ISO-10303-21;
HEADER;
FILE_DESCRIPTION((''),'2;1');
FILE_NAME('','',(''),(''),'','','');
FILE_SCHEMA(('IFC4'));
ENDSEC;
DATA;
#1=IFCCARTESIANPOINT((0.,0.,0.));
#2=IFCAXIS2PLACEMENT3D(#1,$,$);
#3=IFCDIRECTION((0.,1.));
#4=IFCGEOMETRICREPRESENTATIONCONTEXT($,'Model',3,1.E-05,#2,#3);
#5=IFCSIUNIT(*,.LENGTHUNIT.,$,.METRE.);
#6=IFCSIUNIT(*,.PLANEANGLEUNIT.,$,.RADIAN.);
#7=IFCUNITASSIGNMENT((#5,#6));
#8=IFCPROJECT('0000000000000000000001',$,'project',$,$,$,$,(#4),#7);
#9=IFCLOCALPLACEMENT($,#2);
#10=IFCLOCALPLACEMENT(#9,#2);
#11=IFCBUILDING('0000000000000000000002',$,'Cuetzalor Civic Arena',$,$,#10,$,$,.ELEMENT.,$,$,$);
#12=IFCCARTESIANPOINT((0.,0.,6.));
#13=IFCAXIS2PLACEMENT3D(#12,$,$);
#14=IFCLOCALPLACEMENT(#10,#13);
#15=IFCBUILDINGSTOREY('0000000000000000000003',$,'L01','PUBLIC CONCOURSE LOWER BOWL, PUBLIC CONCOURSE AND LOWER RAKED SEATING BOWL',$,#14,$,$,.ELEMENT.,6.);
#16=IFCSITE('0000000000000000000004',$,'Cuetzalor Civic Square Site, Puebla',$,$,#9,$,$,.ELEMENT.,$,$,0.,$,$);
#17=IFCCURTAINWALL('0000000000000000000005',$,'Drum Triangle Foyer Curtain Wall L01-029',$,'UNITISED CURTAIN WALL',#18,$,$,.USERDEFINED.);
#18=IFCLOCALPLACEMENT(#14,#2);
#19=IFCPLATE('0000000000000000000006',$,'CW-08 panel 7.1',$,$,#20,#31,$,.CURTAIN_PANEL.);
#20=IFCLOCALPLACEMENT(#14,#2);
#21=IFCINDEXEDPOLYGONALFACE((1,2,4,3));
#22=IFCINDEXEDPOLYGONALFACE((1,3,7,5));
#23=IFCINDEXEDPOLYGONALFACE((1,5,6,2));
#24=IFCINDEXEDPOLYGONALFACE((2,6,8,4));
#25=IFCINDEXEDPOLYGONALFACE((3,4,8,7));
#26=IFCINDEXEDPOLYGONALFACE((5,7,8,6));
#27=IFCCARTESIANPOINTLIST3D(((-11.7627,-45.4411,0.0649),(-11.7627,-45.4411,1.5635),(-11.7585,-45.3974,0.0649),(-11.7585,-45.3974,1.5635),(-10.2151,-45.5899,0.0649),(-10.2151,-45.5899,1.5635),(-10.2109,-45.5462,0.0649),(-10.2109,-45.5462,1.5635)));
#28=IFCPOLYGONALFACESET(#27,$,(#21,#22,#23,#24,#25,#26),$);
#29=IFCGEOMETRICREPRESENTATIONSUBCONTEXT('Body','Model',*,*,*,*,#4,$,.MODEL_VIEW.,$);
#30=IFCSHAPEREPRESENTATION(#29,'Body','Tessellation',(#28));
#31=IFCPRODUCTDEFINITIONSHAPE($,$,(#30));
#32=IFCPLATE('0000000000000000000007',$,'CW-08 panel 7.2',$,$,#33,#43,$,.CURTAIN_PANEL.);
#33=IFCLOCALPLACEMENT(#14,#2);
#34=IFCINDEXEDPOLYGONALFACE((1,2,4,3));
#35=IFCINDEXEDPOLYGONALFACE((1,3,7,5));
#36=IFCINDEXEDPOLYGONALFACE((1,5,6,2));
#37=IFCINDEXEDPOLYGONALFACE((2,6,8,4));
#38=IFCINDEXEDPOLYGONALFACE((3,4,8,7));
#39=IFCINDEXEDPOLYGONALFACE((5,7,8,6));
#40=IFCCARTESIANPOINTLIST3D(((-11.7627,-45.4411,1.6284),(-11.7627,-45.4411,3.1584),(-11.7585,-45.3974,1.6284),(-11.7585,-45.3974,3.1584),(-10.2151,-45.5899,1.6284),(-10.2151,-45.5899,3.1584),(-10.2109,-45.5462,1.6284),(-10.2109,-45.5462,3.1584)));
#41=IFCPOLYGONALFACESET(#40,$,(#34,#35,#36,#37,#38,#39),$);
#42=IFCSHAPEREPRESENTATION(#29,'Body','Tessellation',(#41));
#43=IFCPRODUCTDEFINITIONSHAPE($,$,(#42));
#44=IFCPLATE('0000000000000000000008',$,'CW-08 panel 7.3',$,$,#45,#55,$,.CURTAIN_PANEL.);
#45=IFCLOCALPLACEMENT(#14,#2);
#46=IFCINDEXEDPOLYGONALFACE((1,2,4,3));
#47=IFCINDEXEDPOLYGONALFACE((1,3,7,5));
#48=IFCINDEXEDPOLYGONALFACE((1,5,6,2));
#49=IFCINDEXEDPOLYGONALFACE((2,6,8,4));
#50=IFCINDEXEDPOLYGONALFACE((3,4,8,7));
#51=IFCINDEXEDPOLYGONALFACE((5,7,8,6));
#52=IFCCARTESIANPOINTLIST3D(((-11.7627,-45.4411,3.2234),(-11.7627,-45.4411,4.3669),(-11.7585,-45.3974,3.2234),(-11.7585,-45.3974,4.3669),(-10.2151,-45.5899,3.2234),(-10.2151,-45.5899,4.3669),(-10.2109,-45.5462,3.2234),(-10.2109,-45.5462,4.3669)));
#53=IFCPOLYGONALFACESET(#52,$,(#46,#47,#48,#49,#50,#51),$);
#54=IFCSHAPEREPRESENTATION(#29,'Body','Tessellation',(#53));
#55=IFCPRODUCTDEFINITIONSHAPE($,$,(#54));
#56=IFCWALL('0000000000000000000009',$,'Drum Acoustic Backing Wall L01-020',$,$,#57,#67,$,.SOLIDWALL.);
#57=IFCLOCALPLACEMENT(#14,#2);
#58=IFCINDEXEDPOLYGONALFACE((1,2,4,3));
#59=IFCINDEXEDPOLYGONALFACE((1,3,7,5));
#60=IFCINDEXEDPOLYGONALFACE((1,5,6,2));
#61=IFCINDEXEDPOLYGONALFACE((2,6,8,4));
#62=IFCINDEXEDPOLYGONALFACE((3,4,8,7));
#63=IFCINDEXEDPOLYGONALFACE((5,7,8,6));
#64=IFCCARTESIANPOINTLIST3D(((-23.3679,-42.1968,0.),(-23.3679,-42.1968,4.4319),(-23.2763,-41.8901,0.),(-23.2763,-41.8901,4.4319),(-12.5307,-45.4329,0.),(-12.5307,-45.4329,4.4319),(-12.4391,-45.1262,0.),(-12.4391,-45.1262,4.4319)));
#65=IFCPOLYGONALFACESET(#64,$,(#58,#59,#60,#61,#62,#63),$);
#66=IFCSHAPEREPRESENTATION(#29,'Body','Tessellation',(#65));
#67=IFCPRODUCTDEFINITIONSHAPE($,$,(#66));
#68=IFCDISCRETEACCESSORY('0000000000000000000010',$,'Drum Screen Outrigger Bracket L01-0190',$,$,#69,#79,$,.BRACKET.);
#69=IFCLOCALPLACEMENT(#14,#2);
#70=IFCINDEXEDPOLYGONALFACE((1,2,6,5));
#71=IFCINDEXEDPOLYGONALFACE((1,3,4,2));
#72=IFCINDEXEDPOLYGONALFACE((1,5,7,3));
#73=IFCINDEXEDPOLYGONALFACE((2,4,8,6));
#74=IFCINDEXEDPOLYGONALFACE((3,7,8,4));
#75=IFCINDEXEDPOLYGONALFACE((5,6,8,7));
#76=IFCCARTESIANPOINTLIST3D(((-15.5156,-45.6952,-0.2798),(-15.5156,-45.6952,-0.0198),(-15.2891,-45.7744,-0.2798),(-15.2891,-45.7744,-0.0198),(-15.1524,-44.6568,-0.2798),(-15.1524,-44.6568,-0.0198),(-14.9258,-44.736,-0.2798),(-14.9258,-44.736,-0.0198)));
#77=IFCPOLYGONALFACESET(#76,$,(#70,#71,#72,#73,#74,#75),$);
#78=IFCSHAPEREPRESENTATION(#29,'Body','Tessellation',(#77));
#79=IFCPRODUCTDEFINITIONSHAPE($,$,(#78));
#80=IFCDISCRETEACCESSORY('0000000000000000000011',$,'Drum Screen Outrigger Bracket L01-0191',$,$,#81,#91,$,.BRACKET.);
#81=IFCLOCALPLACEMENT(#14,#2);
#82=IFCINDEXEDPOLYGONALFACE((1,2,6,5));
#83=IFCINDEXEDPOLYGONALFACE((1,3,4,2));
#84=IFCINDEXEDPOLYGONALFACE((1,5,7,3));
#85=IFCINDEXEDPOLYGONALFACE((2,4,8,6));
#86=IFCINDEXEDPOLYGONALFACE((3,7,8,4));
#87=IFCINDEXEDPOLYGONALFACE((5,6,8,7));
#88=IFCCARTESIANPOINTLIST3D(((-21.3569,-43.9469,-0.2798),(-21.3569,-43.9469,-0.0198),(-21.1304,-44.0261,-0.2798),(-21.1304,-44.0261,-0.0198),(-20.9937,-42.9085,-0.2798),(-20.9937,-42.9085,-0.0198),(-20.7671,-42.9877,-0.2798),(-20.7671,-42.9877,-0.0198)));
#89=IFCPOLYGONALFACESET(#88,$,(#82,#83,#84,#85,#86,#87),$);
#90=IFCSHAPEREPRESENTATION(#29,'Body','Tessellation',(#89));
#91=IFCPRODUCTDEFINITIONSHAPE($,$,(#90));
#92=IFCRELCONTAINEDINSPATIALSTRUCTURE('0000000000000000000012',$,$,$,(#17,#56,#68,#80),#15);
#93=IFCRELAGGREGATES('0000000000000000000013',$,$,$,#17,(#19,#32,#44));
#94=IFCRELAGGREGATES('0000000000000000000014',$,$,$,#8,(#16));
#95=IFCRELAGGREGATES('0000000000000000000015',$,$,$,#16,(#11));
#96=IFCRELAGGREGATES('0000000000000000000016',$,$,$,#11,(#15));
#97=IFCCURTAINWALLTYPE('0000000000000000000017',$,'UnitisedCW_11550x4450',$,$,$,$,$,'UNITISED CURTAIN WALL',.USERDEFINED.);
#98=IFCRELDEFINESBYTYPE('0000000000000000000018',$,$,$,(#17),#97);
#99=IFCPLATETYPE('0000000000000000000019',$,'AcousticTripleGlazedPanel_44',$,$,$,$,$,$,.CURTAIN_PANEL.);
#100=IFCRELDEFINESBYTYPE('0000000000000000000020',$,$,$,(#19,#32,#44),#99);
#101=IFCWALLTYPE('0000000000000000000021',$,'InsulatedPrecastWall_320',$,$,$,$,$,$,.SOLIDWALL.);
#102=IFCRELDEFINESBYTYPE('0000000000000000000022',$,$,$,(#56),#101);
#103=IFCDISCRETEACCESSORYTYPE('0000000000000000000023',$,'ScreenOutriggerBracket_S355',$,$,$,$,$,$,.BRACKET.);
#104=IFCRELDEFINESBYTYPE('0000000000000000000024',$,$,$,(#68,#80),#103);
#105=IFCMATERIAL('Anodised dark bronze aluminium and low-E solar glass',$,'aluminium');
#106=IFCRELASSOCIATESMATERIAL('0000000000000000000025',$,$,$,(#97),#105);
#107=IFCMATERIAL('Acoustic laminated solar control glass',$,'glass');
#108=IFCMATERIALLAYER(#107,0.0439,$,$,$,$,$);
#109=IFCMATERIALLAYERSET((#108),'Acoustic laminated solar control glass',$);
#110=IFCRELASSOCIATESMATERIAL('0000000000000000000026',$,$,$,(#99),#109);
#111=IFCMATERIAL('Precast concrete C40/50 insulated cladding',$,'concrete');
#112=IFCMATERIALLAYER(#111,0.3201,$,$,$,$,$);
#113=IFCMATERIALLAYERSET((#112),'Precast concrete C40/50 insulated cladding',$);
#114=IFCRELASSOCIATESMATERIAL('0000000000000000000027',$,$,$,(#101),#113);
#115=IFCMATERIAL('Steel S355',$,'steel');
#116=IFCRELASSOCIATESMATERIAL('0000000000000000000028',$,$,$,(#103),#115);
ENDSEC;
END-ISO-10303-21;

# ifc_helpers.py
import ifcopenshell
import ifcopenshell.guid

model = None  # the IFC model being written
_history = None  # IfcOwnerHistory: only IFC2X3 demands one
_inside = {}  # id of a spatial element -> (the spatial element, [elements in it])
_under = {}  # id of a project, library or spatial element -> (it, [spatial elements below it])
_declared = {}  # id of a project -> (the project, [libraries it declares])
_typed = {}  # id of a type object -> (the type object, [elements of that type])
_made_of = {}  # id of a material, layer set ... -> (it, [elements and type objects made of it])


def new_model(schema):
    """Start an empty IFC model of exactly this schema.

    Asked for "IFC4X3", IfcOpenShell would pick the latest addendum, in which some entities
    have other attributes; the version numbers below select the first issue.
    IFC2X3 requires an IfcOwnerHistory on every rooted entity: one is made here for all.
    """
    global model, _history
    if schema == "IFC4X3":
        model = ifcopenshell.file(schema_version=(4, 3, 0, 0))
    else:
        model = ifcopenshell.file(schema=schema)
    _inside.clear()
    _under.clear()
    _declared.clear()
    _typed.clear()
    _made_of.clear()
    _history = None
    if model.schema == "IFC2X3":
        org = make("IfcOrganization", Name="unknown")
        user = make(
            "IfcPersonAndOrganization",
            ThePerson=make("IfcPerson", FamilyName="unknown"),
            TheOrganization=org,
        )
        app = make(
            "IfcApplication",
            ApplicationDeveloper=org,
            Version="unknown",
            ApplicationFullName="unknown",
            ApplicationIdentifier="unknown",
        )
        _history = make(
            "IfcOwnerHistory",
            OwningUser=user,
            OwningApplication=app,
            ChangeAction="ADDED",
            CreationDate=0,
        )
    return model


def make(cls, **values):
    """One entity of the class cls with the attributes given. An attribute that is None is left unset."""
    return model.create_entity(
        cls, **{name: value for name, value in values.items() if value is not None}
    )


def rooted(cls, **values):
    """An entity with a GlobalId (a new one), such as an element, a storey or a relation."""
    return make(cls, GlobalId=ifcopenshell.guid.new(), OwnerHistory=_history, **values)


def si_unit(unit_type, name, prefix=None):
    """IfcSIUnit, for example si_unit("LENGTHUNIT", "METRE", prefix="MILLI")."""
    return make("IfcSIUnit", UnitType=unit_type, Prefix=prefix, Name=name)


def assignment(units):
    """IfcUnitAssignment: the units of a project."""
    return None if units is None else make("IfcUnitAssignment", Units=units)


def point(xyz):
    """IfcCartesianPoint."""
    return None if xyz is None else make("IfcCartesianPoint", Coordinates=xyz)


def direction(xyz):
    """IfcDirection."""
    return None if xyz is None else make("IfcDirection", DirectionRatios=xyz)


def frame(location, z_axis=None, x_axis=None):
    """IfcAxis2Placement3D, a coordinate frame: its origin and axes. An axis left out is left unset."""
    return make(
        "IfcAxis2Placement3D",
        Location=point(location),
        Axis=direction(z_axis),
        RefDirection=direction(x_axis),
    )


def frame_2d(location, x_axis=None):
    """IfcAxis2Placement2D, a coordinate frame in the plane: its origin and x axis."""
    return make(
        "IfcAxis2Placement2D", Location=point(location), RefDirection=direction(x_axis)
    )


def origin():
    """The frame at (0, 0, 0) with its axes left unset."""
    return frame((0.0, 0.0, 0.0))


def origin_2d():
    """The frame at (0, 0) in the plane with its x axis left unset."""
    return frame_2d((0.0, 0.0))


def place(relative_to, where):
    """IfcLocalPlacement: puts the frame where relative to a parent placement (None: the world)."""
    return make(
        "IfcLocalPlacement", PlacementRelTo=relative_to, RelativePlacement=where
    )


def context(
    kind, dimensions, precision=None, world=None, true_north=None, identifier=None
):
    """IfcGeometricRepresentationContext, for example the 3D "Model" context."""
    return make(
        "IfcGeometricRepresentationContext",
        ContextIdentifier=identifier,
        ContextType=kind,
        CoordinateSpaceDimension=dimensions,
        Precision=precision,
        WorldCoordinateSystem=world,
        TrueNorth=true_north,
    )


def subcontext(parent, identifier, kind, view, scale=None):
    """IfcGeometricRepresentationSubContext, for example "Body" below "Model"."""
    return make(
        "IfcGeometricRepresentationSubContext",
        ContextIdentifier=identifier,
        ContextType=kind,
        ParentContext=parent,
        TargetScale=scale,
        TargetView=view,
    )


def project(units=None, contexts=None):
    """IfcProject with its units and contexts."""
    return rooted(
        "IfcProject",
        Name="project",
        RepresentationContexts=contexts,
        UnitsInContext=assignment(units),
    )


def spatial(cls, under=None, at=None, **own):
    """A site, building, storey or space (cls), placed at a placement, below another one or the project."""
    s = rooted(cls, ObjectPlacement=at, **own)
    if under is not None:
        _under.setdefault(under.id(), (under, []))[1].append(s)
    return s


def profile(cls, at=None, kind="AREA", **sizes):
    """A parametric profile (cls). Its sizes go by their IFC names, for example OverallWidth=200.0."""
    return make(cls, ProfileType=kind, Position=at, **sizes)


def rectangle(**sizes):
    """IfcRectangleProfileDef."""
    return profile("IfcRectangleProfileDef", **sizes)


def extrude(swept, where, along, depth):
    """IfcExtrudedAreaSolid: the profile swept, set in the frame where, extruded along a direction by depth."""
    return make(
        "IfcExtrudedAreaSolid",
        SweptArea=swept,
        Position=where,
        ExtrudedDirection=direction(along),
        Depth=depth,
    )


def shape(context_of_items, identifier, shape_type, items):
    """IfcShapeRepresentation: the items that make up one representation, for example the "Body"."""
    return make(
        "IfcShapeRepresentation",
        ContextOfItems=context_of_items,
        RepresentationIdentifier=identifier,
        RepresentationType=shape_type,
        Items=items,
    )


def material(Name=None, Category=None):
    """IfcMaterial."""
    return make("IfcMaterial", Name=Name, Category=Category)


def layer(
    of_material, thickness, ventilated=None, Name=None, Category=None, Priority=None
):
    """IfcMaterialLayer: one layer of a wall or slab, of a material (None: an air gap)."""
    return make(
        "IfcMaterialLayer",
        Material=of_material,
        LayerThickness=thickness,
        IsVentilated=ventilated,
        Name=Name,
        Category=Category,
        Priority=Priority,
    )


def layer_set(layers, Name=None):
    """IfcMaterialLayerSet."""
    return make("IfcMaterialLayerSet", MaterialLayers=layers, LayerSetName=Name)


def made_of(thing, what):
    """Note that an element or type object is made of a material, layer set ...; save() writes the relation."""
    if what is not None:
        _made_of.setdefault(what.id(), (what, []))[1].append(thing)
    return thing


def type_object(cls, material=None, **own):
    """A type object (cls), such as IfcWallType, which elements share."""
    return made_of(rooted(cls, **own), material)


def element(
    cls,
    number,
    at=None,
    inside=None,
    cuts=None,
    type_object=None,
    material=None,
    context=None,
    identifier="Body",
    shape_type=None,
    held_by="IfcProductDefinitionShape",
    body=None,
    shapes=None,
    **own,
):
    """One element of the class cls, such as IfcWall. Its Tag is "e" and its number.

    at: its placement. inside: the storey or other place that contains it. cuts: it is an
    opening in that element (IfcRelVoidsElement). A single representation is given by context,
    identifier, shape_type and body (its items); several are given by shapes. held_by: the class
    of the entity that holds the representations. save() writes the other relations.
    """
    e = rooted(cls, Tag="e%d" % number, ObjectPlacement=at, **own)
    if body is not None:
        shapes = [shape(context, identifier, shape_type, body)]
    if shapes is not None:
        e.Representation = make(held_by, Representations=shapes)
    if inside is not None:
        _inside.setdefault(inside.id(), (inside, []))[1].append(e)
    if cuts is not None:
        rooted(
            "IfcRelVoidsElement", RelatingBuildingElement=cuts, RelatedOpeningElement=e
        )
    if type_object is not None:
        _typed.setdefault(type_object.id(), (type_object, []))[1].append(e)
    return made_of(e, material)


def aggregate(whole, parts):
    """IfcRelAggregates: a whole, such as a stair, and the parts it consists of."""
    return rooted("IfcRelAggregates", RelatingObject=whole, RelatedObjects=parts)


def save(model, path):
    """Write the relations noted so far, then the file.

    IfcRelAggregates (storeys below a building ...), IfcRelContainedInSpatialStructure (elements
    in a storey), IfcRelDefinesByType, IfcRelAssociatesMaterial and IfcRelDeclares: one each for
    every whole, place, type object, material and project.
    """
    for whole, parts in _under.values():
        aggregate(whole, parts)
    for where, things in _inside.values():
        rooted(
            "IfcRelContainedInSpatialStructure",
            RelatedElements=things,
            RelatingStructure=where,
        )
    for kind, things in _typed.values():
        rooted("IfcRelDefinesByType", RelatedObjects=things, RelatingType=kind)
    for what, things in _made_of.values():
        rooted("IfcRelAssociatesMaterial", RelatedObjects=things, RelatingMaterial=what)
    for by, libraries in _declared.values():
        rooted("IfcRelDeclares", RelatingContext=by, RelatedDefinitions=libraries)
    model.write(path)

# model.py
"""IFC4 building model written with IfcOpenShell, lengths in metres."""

from ifc_helpers import new_model, si_unit, direction, frame, frame_2d, origin, origin_2d, place, context, subcontext, project, spatial, rectangle, extrude, material, layer, layer_set, type_object, element, aggregate, save


model = new_model("IFC4")

# Units and contexts
model_context = context("Model", 3, precision=1e-05, world=origin(), true_north=direction((0.0, 1.0)))
body_context = subcontext(model_context, "Body", "Model", "MODEL_VIEW")
ifc_project = project(units=[si_unit("LENGTHUNIT", "METRE"), si_unit("PLANEANGLEUNIT", "RADIAN")], contexts=[model_context])

# Site, building, storey
site_placement = place(None, origin())
site = spatial("IfcSite", under=ifc_project, at=site_placement, Name="Cuetzalor Civic Square Site, Puebla", CompositionType="ELEMENT", RefElevation=0.0)
building_placement = place(site_placement, origin())
building = spatial("IfcBuilding", under=site, at=building_placement, Name="Cuetzalor Civic Arena", CompositionType="ELEMENT")
storey_placement = place(building_placement, frame((0.0, 0.0, 6.0)))
storey = spatial("IfcBuildingStorey", under=building, at=storey_placement, Name="L01", Description="PUBLIC CONCOURSE LOWER BOWL, PUBLIC CONCOURSE AND LOWER RAKED SEATING BOWL", CompositionType="ELEMENT", Elevation=6.0)

# Curtain wall
ifc_material_1 = material(Name="Anodised dark bronze aluminium and low-E solar glass", Category="aluminium")
curtain_wall_type_1 = type_object("IfcCurtainWallType", Name="UnitisedCW_11550x4450", ElementType="UNITISED CURTAIN WALL", PredefinedType="USERDEFINED", material=ifc_material_1)
curtain_wall_1_placement = place(storey_placement, origin())
curtain_wall_1 = element("IfcCurtainWall", 1, at=curtain_wall_1_placement, inside=storey, type_object=curtain_wall_type_1, Name="Drum Triangle Foyer Curtain Wall L01-029", ObjectType="UNITISED CURTAIN WALL", PredefinedType="USERDEFINED")

# Plates
ifc_material_2 = material(Name="Acoustic laminated solar control glass", Category="glass")
ifc_layer_1 = layer(ifc_material_2, 0.0439)
ifc_layer_set_1 = layer_set([ifc_layer_1], Name="Acoustic laminated solar control glass")
plate_type = type_object("IfcPlateType", Name="AcousticTripleGlazedPanel_44", PredefinedType="CURTAIN_PANEL", material=ifc_layer_set_1)
plate_1_placement = place(storey_placement, frame((-10.9868, -45.4937, 0.0649), z_axis=(0.0, 0.0, 1.0), x_axis=(-0.995409, 0.095711, 0.0)))
plate_1 = element("IfcPlate", 2, at=plate_1_placement, type_object=plate_type, Name="CW-08 panel 7.1", PredefinedType="CURTAIN_PANEL", context=body_context, shape_type="SweptSolid", body=[
    extrude(rectangle(XDim=1.5547, YDim=0.0439, at=origin_2d()), origin(), (0.0, 0.0, 1.0), 1.4985),
])
plate_2_placement = place(storey_placement, frame((-10.9868, -45.4937, 1.6284), z_axis=(0.0, 0.0, 1.0), x_axis=(-0.995409, 0.095711, 0.0)))
plate_2 = element("IfcPlate", 3, at=plate_2_placement, type_object=plate_type, Name="CW-08 panel 7.2", PredefinedType="CURTAIN_PANEL", context=body_context, shape_type="SweptSolid", body=[
    extrude(rectangle(XDim=1.5547, YDim=0.0439, at=origin_2d()), origin(), (0.0, 0.0, 1.0), 1.53),
])
plate_3_placement = place(storey_placement, frame((-10.9868, -45.4937, 3.2234), z_axis=(0.0, 0.0, 1.0), x_axis=(-0.995409, 0.095711, 0.0)))
plate_3 = element("IfcPlate", 4, at=plate_3_placement, type_object=plate_type, Name="CW-08 panel 7.3", PredefinedType="CURTAIN_PANEL", context=body_context, shape_type="SweptSolid", body=[
    extrude(rectangle(XDim=1.5547, YDim=0.0439, at=origin_2d()), origin(), (0.0, 0.0, 1.0), 1.1436),
])
aggregate(curtain_wall_1, [plate_1, plate_2, plate_3])

# Wall
ifc_material_3 = material(Name="Precast concrete C40/50 insulated cladding", Category="concrete")
ifc_layer_2 = layer(ifc_material_3, 0.3201)
ifc_layer_set_2 = layer_set([ifc_layer_2], Name="Precast concrete C40/50 insulated cladding")
wall_type = type_object("IfcWallType", Name="InsulatedPrecastWall_320", PredefinedType="SOLIDWALL", material=ifc_layer_set_2)
wall_placement = place(storey_placement, frame((-12.4849, -45.2795, 0.0), z_axis=(0.0, 0.0, 1.0), x_axis=(-0.958192, 0.286126, 0.0)))
element("IfcWall", 5, at=wall_placement, inside=storey, type_object=wall_type, Name="Drum Acoustic Backing Wall L01-020", PredefinedType="SOLIDWALL", context=body_context, shape_type="SweptSolid", body=[
    extrude(rectangle(XDim=11.3101, YDim=0.3201, at=frame_2d((5.655, 0.0))), origin(), (0.0, 0.0, 1.0), 4.4319),
])

# Discrete accessories
ifc_material_4 = material(Name="Steel S355", Category="steel")
discrete_accessory_type = type_object("IfcDiscreteAccessoryType", Name="ScreenOutriggerBracket_S355", PredefinedType="BRACKET", material=ifc_material_4)
for number, where, z_axis, x_axis, name in (
    (6, (-15.2207, -45.2156, -0.2798), (0.0, 0.0, 1.0), (-0.330185, -0.943916, 0.0), "Drum Screen Outrigger Bracket L01-0190"),
    (7, (-21.062, -43.4673, -0.2798), (0.0, 0.0, 1.0), (-0.330185, -0.943916, 0.0), "Drum Screen Outrigger Bracket L01-0191"),
):
    element("IfcDiscreteAccessory", number, at=place(storey_placement, frame(where, z_axis=z_axis, x_axis=x_axis)), inside=storey, type_object=discrete_accessory_type, Name=name, PredefinedType="BRACKET", context=body_context, shape_type="SweptSolid", body=[
        extrude(rectangle(XDim=1.1001, YDim=0.24, at=origin_2d()), origin(), (0.0, 0.0, 1.0), 0.26),
    ])

save(model, "model.ifc")
